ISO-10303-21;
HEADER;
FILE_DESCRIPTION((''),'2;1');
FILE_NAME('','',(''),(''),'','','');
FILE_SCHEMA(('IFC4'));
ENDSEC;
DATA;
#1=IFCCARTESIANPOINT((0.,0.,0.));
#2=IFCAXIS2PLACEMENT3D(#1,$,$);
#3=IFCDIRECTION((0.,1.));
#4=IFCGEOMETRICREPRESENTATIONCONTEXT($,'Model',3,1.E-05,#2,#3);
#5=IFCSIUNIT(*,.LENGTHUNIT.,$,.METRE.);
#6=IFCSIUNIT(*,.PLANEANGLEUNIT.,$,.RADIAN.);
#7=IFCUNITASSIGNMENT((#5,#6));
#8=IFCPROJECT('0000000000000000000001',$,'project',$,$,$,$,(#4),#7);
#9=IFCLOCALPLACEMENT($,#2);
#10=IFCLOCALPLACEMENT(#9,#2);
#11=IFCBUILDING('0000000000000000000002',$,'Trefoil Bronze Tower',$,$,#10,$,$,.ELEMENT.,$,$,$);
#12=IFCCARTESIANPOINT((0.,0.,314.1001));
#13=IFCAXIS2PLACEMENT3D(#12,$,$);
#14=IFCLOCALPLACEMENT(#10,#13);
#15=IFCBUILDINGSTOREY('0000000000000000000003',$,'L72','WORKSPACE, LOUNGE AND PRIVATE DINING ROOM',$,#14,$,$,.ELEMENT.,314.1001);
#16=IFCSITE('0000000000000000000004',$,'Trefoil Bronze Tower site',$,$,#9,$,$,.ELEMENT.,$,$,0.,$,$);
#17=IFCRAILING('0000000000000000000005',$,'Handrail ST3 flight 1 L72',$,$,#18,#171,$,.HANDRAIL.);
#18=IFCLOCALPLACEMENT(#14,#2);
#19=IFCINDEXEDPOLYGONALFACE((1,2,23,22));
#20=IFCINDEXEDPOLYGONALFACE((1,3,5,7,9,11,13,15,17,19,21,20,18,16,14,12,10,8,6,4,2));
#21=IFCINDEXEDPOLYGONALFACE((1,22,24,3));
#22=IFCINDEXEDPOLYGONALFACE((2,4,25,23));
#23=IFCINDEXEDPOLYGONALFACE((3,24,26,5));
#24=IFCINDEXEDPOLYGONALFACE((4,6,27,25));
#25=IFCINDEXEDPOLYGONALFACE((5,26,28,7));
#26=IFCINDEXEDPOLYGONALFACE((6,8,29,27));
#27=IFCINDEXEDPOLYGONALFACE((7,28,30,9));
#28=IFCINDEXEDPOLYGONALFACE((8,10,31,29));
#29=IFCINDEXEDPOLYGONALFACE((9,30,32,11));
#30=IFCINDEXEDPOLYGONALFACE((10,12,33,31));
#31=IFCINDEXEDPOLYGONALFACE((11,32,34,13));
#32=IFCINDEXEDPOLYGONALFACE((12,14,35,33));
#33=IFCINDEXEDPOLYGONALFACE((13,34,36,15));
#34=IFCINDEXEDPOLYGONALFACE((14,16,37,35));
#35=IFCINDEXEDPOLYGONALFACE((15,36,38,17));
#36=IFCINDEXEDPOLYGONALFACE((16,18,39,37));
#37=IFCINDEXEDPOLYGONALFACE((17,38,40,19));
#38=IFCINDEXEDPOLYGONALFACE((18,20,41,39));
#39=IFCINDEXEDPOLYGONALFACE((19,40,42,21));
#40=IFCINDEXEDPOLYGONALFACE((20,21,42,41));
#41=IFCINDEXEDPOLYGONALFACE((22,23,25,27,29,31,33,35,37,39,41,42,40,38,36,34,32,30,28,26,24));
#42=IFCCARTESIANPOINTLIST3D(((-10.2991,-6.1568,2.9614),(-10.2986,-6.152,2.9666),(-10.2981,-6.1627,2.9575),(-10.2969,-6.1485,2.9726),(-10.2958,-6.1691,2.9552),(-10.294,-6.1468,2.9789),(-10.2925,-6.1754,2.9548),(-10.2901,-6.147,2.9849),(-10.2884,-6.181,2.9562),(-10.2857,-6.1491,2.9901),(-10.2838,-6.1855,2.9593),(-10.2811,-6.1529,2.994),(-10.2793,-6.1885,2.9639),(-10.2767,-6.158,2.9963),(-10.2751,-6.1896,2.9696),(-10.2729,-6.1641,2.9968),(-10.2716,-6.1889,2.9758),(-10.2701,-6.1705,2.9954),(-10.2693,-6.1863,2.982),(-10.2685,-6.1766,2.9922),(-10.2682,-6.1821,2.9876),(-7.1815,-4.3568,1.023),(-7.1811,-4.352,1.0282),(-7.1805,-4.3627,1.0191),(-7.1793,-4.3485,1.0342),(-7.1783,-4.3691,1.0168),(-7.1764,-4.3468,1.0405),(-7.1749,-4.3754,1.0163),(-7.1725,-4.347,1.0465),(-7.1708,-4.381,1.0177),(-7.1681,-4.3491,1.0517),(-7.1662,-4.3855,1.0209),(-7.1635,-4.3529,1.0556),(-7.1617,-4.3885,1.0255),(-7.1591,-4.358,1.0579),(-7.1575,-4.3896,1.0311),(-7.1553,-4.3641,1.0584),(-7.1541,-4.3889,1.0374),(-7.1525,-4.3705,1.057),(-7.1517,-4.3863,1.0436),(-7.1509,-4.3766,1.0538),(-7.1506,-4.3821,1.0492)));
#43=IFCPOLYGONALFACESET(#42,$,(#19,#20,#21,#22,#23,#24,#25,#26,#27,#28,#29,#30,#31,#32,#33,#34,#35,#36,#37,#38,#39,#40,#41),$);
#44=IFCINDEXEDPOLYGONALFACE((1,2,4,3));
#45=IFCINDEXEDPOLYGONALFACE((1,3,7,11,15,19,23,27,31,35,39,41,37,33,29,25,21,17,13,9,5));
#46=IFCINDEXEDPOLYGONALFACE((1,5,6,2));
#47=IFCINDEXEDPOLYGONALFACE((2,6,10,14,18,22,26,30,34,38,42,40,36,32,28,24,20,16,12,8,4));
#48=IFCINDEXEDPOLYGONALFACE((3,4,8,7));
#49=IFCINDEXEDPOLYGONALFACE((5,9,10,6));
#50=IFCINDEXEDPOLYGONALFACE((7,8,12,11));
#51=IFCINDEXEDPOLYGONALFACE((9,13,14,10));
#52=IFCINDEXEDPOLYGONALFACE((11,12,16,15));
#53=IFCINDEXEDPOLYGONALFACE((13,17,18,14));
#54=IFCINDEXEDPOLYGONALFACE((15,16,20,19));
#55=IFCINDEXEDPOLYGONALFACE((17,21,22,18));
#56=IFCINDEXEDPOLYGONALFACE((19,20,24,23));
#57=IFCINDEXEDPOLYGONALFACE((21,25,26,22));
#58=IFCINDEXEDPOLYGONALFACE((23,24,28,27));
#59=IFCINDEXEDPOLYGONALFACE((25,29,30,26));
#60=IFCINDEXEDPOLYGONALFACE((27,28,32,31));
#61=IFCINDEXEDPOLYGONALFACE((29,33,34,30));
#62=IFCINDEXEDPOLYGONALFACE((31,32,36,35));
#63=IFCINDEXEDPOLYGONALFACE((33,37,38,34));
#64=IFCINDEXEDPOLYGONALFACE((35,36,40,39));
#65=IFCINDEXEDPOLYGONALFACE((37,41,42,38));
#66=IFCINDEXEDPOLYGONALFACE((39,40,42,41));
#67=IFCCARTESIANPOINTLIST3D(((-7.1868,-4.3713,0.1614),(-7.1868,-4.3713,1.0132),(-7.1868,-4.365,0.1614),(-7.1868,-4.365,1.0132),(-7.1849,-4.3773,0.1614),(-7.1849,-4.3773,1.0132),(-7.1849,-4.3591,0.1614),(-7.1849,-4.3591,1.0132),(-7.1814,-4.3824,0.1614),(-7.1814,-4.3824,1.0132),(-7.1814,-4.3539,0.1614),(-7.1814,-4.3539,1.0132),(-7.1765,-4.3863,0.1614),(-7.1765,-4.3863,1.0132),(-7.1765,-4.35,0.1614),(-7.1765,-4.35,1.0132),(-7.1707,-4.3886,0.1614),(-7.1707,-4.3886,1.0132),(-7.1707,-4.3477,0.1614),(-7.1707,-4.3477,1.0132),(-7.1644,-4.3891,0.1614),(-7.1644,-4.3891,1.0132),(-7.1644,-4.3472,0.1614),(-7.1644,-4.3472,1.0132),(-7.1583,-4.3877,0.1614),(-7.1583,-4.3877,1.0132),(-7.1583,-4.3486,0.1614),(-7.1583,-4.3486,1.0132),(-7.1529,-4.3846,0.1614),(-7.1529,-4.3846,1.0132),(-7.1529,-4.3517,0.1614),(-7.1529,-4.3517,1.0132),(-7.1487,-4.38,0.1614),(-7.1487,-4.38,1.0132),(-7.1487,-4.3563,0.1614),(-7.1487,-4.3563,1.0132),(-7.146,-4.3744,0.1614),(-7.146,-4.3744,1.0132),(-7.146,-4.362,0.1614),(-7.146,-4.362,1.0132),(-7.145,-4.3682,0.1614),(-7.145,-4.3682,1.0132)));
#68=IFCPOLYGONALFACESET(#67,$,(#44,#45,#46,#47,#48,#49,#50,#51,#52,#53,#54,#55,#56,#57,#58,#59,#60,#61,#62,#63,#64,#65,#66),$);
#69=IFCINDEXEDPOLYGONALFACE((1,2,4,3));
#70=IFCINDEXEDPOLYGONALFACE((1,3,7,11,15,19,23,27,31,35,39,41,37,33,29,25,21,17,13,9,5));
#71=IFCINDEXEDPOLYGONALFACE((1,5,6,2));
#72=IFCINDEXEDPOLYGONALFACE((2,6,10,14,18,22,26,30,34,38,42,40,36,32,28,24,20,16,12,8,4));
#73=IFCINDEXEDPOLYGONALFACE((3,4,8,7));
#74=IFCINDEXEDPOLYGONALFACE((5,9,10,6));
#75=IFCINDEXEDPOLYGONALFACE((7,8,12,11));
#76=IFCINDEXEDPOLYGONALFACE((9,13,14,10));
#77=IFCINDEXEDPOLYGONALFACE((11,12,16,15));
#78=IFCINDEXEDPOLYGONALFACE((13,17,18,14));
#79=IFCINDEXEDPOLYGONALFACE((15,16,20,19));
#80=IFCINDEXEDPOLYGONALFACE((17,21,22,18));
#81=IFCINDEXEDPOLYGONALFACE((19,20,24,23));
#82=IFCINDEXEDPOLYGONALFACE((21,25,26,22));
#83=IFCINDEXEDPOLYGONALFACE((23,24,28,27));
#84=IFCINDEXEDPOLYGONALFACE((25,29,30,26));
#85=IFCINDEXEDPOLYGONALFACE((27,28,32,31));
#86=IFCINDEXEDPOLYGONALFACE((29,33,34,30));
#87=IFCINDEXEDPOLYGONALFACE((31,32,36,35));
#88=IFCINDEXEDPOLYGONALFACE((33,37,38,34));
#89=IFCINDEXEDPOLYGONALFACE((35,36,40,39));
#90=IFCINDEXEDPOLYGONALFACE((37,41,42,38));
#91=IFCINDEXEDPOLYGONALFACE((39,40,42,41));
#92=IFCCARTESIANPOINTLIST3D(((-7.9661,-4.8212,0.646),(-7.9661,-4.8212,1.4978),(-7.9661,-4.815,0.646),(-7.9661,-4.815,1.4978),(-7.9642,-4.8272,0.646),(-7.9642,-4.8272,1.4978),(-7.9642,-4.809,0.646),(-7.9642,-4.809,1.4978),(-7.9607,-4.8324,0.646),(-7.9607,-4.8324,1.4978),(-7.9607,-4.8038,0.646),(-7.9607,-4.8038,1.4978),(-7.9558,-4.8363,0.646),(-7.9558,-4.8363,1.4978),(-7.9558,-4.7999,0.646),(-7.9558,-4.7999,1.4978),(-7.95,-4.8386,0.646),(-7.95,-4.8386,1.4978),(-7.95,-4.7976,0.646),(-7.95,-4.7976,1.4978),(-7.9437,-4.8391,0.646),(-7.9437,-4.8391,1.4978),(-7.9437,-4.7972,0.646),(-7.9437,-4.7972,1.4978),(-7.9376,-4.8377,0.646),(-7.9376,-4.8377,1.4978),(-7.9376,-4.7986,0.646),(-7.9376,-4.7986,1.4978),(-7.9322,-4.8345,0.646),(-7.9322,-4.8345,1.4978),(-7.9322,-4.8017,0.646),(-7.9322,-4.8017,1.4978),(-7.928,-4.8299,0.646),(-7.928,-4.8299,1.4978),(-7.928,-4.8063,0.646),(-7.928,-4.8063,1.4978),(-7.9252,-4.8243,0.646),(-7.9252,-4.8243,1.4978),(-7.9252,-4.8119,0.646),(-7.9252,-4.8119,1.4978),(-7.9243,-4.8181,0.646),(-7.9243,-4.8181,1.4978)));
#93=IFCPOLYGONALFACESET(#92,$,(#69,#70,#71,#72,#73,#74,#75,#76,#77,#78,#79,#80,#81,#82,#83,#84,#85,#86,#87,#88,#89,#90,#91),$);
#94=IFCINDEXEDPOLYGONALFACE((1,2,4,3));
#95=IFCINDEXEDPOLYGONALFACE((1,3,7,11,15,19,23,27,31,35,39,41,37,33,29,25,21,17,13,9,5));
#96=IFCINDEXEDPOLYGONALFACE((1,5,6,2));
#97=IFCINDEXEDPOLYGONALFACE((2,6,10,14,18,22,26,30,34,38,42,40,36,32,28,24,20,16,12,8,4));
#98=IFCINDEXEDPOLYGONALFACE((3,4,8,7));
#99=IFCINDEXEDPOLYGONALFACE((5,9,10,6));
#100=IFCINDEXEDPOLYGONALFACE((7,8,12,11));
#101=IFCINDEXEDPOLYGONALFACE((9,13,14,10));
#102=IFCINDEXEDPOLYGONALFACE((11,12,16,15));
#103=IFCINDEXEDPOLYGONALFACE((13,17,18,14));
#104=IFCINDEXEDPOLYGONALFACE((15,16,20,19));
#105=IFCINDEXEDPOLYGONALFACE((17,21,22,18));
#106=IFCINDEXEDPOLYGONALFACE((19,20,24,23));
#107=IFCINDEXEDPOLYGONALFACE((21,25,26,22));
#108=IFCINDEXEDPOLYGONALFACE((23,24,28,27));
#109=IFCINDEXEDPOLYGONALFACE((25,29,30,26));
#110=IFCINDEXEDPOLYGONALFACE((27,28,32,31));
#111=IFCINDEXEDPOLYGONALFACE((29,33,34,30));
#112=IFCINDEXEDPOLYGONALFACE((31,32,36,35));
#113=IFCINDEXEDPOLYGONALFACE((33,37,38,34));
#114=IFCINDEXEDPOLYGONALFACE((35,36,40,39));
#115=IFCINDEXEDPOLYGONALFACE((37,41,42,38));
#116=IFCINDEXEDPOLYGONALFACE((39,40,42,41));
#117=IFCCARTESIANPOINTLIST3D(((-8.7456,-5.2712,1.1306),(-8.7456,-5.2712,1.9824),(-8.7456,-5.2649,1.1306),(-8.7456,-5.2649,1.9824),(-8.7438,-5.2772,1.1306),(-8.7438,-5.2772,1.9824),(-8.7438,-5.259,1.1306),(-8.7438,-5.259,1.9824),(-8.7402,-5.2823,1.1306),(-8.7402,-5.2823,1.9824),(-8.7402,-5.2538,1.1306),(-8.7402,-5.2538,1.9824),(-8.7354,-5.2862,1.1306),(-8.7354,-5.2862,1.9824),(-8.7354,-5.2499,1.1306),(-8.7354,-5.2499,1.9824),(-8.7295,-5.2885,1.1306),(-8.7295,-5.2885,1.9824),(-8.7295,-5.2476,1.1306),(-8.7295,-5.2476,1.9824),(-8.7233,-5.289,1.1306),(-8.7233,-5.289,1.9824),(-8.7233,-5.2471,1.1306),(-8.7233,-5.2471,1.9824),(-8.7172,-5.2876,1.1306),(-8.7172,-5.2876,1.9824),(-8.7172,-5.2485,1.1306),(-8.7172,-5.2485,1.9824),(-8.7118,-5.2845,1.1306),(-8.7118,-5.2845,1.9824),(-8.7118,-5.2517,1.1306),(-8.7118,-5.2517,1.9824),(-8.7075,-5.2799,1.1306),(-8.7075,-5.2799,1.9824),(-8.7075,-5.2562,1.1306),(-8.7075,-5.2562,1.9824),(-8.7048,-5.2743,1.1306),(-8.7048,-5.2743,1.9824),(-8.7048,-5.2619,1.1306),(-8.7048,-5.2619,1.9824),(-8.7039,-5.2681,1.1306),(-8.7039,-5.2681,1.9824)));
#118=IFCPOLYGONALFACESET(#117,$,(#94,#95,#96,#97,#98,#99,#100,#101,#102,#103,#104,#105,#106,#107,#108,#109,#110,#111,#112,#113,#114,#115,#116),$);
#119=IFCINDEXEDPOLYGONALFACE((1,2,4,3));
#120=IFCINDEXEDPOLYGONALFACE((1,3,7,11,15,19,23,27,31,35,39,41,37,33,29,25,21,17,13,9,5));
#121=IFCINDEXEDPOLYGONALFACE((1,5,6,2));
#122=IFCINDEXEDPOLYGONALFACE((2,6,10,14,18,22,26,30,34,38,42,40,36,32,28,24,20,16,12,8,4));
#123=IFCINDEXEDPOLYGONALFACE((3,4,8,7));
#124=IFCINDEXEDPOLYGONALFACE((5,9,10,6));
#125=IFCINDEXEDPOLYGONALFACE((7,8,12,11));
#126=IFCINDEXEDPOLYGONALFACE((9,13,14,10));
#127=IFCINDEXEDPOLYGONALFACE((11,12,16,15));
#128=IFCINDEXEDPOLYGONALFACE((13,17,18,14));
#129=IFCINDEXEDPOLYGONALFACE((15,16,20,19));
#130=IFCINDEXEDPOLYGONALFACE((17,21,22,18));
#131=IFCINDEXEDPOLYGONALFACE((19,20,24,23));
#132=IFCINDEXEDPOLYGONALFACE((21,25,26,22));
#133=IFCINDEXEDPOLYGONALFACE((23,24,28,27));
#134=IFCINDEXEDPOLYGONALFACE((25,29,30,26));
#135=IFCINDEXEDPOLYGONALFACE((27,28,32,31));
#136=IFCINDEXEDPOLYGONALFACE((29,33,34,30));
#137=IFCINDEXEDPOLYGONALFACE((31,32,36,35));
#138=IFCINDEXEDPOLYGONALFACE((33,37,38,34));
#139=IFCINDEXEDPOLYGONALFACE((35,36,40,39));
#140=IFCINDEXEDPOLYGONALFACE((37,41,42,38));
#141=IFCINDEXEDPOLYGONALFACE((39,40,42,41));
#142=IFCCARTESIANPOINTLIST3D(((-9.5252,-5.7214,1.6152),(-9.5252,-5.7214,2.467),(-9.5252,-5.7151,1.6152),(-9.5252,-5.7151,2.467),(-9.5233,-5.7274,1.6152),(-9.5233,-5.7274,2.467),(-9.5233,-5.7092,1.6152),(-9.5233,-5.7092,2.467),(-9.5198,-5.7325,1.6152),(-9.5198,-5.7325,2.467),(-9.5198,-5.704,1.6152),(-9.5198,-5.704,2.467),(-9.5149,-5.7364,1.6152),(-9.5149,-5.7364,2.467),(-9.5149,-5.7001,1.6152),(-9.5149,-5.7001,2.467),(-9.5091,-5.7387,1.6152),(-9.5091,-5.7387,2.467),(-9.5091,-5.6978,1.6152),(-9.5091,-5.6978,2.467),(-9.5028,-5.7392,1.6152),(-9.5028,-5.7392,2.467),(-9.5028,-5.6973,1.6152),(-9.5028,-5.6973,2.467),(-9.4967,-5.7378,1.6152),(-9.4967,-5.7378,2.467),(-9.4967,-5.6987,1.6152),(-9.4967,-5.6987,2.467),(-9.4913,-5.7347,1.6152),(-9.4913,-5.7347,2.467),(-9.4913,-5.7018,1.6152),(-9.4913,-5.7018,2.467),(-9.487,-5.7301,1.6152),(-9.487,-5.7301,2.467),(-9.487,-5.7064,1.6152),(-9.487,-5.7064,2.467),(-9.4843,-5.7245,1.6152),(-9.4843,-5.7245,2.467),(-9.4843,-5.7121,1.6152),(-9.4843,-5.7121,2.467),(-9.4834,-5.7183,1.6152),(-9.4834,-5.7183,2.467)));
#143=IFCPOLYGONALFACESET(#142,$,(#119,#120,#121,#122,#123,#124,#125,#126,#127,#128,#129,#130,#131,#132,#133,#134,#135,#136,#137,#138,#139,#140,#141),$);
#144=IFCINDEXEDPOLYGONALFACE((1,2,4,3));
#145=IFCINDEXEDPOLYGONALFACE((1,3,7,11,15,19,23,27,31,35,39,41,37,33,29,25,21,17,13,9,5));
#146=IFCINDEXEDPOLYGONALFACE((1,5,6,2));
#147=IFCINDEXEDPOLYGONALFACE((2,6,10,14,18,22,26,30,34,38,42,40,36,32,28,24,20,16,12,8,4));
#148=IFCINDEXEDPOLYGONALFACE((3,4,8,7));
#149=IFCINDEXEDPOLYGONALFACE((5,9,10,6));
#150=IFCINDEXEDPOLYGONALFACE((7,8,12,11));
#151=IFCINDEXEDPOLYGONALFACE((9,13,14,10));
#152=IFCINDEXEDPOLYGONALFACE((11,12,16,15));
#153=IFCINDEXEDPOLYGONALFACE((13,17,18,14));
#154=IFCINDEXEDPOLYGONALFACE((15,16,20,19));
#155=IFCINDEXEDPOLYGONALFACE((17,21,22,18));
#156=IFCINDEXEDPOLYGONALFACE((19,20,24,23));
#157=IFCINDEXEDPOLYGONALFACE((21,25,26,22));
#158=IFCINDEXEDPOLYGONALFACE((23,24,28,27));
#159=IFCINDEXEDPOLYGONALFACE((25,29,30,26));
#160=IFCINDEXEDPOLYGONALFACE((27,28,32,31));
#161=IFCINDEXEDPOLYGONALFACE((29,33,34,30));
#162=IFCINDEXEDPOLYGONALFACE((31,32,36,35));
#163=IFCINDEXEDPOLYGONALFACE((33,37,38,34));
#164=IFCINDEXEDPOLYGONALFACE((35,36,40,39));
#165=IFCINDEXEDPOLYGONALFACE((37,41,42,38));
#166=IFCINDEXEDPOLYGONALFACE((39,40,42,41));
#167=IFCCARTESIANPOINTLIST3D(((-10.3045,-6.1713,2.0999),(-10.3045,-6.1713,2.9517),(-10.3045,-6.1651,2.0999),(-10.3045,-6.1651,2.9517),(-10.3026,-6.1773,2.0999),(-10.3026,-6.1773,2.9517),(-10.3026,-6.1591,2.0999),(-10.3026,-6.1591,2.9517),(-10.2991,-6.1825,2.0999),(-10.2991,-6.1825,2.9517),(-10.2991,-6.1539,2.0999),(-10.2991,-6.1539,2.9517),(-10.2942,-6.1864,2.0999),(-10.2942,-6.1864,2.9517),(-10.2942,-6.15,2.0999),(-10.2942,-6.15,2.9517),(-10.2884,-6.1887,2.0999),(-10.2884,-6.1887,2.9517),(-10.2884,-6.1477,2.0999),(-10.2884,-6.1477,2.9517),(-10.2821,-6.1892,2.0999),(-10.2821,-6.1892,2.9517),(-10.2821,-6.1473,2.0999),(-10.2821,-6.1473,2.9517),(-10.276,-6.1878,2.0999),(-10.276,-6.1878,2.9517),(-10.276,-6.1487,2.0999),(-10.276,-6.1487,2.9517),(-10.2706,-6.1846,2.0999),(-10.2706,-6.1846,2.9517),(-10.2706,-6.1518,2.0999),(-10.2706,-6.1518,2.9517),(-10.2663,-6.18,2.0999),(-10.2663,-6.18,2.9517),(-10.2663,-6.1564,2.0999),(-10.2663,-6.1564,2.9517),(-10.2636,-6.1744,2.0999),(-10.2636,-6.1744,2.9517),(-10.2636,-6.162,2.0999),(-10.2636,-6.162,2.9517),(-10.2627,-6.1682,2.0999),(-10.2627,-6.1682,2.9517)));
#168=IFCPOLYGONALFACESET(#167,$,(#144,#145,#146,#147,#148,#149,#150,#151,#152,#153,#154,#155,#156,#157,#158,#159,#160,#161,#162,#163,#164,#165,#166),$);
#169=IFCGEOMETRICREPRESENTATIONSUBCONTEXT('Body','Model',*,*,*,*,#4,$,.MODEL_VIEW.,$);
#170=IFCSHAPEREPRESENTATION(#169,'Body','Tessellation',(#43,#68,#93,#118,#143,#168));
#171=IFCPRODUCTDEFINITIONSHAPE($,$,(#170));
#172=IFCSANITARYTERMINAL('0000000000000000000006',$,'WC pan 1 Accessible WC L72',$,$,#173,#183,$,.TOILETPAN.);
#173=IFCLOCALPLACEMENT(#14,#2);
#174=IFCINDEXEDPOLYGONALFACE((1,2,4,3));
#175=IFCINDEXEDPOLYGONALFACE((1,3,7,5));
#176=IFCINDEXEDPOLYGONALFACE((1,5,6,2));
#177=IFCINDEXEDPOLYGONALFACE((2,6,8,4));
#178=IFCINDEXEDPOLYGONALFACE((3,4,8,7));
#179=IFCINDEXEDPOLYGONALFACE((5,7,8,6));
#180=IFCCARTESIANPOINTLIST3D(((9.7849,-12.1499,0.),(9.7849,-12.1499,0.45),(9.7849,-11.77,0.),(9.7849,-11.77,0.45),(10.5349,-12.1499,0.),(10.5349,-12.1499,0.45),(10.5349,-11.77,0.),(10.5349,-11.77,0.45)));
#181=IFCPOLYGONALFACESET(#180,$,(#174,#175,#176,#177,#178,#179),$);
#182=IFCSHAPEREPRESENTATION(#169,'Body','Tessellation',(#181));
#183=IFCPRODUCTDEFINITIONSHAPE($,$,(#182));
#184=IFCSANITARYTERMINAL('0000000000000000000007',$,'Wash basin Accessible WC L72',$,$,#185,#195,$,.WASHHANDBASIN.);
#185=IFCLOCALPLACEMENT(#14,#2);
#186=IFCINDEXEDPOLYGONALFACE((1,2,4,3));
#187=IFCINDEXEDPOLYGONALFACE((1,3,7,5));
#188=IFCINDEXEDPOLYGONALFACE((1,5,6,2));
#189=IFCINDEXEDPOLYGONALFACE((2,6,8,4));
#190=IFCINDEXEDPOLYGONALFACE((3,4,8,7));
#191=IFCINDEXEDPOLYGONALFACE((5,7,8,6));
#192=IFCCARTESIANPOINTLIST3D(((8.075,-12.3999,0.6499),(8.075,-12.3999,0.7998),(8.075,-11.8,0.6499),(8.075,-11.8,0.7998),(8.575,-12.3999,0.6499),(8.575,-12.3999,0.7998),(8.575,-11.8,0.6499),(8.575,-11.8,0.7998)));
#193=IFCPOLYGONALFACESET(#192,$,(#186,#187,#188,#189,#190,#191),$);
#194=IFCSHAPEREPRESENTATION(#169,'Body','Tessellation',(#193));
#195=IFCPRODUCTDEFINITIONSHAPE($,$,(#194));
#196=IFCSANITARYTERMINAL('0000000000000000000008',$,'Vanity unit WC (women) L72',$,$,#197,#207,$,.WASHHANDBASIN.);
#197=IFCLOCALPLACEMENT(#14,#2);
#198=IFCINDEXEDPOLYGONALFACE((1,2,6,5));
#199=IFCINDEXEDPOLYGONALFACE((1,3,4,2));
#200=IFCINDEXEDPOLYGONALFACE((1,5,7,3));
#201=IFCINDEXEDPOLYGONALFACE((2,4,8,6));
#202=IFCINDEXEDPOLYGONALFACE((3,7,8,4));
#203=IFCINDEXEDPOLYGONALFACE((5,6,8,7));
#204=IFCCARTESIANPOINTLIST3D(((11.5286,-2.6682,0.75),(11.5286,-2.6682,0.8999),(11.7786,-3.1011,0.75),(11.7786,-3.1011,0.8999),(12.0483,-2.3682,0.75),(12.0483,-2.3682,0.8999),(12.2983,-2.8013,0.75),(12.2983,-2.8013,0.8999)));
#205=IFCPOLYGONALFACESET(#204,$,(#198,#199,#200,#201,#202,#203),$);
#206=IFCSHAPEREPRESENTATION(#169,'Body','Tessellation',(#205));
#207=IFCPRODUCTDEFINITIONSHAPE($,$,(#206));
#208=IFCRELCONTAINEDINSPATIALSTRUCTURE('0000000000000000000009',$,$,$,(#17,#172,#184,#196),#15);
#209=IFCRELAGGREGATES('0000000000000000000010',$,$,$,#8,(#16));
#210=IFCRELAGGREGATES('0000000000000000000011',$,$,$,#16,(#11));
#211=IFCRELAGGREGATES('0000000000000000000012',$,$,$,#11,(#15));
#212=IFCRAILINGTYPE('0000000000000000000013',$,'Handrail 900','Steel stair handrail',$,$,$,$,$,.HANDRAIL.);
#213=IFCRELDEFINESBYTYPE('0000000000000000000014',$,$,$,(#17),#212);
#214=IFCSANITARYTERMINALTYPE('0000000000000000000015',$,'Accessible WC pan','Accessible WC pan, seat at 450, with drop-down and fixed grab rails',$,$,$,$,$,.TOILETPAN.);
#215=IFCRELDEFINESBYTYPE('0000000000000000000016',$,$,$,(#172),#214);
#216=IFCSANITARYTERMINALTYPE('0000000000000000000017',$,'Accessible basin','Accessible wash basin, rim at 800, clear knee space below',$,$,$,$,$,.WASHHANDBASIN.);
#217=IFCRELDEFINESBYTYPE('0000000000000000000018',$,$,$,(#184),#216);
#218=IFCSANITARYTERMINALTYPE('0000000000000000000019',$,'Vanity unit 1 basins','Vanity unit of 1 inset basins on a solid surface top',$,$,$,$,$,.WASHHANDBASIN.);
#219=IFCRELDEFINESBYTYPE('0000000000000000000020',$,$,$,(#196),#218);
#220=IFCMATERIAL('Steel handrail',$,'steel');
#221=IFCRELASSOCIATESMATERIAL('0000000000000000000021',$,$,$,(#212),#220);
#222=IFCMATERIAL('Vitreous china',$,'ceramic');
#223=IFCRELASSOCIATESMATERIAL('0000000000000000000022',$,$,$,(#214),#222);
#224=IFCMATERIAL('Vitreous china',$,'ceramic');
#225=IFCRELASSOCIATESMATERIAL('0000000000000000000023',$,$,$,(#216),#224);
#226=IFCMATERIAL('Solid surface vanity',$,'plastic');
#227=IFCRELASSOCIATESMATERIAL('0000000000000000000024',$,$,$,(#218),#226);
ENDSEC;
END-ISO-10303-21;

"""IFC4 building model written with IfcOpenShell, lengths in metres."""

from ifc_helpers import new_model, si_unit, direction, frame, origin, origin_2d, place, context, subcontext, project, spatial, polyline, circle, outline, extrude, material, type_object, element, save


model = new_model("IFC4")

# Units and contexts
model_context = context("Model", 3, precision=1e-05, world=origin(), true_north=direction((0.0, 1.0)))
body_context = subcontext(model_context, "Body", "Model", "MODEL_VIEW")
ifc_project = project(units=[si_unit("LENGTHUNIT", "METRE"), si_unit("PLANEANGLEUNIT", "RADIAN")], contexts=[model_context])

# Site, building, storey
site_placement = place(None, origin())
site = spatial("IfcSite", under=ifc_project, at=site_placement, Name="Trefoil Bronze Tower site", CompositionType="ELEMENT", RefElevation=0.0)
building_placement = place(site_placement, origin())
building = spatial("IfcBuilding", under=site, at=building_placement, Name="Trefoil Bronze Tower", CompositionType="ELEMENT")
storey_placement = place(building_placement, frame((0.0, 0.0, 314.1001)))
storey = spatial("IfcBuildingStorey", under=building, at=storey_placement, Name="L72", Description="WORKSPACE, LOUNGE AND PRIVATE DINING ROOM", CompositionType="ELEMENT", Elevation=314.1001)

# Railing
ifc_material_1 = material(Name="Steel handrail", Category="steel")
railing_type = type_object("IfcRailingType", Name="Handrail 900", Description="Steel stair handrail", PredefinedType="HANDRAIL", material=ifc_material_1)
railing_placement = place(storey_placement, frame((-7.166, -4.3682, 0.1614)))
element("IfcRailing", 1, at=railing_placement, inside=storey, type_object=railing_type, Name="Handrail ST3 flight 1 L72", PredefinedType="HANDRAIL", context=body_context, shape_type="SweptSolid", body=[
    extrude(circle(Radius=0.0239, at=origin_2d()), frame((0.0, 0.0, 0.876), z_axis=(-0.762503, -0.440246, 0.474102), x_axis=(0.500012, -0.866018, 0.0)), (0.0, 0.0, 1.0), 4.0886),
    extrude(circle(Radius=0.021, at=origin_2d()), origin(), (0.0, 0.0, 1.0), 0.8518),
    extrude(circle(Radius=0.021, at=origin_2d()), frame((-0.7793, -0.45, 0.4846)), (0.0, 0.0, 1.0), 0.8518),
    extrude(circle(Radius=0.021, at=origin_2d()), frame((-1.5588, -0.8999, 0.9692)), (0.0, 0.0, 1.0), 0.8518),
    extrude(circle(Radius=0.021, at=origin_2d()), frame((-2.3384, -1.3501, 1.4539)), (0.0, 0.0, 1.0), 0.8518),
    extrude(circle(Radius=0.021, at=origin_2d()), frame((-3.1177, -1.8, 1.9385)), (0.0, 0.0, 1.0), 0.8518),
])

# Sanitary terminals
ifc_material_2 = material(Name="Vitreous china", Category="ceramic")
sanitary_terminal_type_1 = type_object("IfcSanitaryTerminalType", Name="Accessible WC pan", Description="Accessible WC pan, seat at 450, with drop-down and fixed grab rails", PredefinedType="TOILETPAN", material=ifc_material_2)
sanitary_terminal_1_placement = place(storey_placement, origin())
element("IfcSanitaryTerminal", 2, at=sanitary_terminal_1_placement, inside=storey, type_object=sanitary_terminal_type_1, Name="WC pan 1 Accessible WC L72", PredefinedType="TOILETPAN", context=body_context, shape_type="SweptSolid", body=[
    extrude(outline(polyline([(9.7849, -11.77), (10.5349, -11.77), (10.5349, -12.1499), (9.7849, -12.1499), (9.7849, -11.77)])), origin(), (0.0, 0.0, 1.0), 0.45),
])
ifc_material_3 = material(Name="Vitreous china", Category="ceramic")
sanitary_terminal_type_2 = type_object("IfcSanitaryTerminalType", Name="Accessible basin", Description="Accessible wash basin, rim at 800, clear knee space below", PredefinedType="WASHHANDBASIN", material=ifc_material_3)
sanitary_terminal_2_placement = place(storey_placement, frame((0.0, 0.0, 0.6499)))
element("IfcSanitaryTerminal", 3, at=sanitary_terminal_2_placement, inside=storey, type_object=sanitary_terminal_type_2, Name="Wash basin Accessible WC L72", PredefinedType="WASHHANDBASIN", context=body_context, shape_type="SweptSolid", body=[
    extrude(outline(polyline([(8.075, -11.8), (8.575, -11.8), (8.575, -12.3999), (8.075, -12.3999), (8.075, -11.8)])), origin(), (0.0, 0.0, 1.0), 0.1499),
])
ifc_material_4 = material(Name="Solid surface vanity", Category="plastic")
sanitary_terminal_type_3 = type_object("IfcSanitaryTerminalType", Name="Vanity unit 1 basins", Description="Vanity unit of 1 inset basins on a solid surface top", PredefinedType="WASHHANDBASIN", material=ifc_material_4)
sanitary_terminal_3_placement = place(storey_placement, frame((0.0, 0.0, 0.75)))
element("IfcSanitaryTerminal", 4, at=sanitary_terminal_3_placement, inside=storey, type_object=sanitary_terminal_type_3, Name="Vanity unit WC (women) L72", PredefinedType="WASHHANDBASIN", context=body_context, shape_type="SweptSolid", body=[
    extrude(outline(polyline([(11.5286, -2.6682), (11.7786, -3.1011), (12.2983, -2.8013), (12.0483, -2.3682), (11.5286, -2.6682)])), origin(), (0.0, 0.0, 1.0), 0.1499),
])

save(model, "model.ifc")
